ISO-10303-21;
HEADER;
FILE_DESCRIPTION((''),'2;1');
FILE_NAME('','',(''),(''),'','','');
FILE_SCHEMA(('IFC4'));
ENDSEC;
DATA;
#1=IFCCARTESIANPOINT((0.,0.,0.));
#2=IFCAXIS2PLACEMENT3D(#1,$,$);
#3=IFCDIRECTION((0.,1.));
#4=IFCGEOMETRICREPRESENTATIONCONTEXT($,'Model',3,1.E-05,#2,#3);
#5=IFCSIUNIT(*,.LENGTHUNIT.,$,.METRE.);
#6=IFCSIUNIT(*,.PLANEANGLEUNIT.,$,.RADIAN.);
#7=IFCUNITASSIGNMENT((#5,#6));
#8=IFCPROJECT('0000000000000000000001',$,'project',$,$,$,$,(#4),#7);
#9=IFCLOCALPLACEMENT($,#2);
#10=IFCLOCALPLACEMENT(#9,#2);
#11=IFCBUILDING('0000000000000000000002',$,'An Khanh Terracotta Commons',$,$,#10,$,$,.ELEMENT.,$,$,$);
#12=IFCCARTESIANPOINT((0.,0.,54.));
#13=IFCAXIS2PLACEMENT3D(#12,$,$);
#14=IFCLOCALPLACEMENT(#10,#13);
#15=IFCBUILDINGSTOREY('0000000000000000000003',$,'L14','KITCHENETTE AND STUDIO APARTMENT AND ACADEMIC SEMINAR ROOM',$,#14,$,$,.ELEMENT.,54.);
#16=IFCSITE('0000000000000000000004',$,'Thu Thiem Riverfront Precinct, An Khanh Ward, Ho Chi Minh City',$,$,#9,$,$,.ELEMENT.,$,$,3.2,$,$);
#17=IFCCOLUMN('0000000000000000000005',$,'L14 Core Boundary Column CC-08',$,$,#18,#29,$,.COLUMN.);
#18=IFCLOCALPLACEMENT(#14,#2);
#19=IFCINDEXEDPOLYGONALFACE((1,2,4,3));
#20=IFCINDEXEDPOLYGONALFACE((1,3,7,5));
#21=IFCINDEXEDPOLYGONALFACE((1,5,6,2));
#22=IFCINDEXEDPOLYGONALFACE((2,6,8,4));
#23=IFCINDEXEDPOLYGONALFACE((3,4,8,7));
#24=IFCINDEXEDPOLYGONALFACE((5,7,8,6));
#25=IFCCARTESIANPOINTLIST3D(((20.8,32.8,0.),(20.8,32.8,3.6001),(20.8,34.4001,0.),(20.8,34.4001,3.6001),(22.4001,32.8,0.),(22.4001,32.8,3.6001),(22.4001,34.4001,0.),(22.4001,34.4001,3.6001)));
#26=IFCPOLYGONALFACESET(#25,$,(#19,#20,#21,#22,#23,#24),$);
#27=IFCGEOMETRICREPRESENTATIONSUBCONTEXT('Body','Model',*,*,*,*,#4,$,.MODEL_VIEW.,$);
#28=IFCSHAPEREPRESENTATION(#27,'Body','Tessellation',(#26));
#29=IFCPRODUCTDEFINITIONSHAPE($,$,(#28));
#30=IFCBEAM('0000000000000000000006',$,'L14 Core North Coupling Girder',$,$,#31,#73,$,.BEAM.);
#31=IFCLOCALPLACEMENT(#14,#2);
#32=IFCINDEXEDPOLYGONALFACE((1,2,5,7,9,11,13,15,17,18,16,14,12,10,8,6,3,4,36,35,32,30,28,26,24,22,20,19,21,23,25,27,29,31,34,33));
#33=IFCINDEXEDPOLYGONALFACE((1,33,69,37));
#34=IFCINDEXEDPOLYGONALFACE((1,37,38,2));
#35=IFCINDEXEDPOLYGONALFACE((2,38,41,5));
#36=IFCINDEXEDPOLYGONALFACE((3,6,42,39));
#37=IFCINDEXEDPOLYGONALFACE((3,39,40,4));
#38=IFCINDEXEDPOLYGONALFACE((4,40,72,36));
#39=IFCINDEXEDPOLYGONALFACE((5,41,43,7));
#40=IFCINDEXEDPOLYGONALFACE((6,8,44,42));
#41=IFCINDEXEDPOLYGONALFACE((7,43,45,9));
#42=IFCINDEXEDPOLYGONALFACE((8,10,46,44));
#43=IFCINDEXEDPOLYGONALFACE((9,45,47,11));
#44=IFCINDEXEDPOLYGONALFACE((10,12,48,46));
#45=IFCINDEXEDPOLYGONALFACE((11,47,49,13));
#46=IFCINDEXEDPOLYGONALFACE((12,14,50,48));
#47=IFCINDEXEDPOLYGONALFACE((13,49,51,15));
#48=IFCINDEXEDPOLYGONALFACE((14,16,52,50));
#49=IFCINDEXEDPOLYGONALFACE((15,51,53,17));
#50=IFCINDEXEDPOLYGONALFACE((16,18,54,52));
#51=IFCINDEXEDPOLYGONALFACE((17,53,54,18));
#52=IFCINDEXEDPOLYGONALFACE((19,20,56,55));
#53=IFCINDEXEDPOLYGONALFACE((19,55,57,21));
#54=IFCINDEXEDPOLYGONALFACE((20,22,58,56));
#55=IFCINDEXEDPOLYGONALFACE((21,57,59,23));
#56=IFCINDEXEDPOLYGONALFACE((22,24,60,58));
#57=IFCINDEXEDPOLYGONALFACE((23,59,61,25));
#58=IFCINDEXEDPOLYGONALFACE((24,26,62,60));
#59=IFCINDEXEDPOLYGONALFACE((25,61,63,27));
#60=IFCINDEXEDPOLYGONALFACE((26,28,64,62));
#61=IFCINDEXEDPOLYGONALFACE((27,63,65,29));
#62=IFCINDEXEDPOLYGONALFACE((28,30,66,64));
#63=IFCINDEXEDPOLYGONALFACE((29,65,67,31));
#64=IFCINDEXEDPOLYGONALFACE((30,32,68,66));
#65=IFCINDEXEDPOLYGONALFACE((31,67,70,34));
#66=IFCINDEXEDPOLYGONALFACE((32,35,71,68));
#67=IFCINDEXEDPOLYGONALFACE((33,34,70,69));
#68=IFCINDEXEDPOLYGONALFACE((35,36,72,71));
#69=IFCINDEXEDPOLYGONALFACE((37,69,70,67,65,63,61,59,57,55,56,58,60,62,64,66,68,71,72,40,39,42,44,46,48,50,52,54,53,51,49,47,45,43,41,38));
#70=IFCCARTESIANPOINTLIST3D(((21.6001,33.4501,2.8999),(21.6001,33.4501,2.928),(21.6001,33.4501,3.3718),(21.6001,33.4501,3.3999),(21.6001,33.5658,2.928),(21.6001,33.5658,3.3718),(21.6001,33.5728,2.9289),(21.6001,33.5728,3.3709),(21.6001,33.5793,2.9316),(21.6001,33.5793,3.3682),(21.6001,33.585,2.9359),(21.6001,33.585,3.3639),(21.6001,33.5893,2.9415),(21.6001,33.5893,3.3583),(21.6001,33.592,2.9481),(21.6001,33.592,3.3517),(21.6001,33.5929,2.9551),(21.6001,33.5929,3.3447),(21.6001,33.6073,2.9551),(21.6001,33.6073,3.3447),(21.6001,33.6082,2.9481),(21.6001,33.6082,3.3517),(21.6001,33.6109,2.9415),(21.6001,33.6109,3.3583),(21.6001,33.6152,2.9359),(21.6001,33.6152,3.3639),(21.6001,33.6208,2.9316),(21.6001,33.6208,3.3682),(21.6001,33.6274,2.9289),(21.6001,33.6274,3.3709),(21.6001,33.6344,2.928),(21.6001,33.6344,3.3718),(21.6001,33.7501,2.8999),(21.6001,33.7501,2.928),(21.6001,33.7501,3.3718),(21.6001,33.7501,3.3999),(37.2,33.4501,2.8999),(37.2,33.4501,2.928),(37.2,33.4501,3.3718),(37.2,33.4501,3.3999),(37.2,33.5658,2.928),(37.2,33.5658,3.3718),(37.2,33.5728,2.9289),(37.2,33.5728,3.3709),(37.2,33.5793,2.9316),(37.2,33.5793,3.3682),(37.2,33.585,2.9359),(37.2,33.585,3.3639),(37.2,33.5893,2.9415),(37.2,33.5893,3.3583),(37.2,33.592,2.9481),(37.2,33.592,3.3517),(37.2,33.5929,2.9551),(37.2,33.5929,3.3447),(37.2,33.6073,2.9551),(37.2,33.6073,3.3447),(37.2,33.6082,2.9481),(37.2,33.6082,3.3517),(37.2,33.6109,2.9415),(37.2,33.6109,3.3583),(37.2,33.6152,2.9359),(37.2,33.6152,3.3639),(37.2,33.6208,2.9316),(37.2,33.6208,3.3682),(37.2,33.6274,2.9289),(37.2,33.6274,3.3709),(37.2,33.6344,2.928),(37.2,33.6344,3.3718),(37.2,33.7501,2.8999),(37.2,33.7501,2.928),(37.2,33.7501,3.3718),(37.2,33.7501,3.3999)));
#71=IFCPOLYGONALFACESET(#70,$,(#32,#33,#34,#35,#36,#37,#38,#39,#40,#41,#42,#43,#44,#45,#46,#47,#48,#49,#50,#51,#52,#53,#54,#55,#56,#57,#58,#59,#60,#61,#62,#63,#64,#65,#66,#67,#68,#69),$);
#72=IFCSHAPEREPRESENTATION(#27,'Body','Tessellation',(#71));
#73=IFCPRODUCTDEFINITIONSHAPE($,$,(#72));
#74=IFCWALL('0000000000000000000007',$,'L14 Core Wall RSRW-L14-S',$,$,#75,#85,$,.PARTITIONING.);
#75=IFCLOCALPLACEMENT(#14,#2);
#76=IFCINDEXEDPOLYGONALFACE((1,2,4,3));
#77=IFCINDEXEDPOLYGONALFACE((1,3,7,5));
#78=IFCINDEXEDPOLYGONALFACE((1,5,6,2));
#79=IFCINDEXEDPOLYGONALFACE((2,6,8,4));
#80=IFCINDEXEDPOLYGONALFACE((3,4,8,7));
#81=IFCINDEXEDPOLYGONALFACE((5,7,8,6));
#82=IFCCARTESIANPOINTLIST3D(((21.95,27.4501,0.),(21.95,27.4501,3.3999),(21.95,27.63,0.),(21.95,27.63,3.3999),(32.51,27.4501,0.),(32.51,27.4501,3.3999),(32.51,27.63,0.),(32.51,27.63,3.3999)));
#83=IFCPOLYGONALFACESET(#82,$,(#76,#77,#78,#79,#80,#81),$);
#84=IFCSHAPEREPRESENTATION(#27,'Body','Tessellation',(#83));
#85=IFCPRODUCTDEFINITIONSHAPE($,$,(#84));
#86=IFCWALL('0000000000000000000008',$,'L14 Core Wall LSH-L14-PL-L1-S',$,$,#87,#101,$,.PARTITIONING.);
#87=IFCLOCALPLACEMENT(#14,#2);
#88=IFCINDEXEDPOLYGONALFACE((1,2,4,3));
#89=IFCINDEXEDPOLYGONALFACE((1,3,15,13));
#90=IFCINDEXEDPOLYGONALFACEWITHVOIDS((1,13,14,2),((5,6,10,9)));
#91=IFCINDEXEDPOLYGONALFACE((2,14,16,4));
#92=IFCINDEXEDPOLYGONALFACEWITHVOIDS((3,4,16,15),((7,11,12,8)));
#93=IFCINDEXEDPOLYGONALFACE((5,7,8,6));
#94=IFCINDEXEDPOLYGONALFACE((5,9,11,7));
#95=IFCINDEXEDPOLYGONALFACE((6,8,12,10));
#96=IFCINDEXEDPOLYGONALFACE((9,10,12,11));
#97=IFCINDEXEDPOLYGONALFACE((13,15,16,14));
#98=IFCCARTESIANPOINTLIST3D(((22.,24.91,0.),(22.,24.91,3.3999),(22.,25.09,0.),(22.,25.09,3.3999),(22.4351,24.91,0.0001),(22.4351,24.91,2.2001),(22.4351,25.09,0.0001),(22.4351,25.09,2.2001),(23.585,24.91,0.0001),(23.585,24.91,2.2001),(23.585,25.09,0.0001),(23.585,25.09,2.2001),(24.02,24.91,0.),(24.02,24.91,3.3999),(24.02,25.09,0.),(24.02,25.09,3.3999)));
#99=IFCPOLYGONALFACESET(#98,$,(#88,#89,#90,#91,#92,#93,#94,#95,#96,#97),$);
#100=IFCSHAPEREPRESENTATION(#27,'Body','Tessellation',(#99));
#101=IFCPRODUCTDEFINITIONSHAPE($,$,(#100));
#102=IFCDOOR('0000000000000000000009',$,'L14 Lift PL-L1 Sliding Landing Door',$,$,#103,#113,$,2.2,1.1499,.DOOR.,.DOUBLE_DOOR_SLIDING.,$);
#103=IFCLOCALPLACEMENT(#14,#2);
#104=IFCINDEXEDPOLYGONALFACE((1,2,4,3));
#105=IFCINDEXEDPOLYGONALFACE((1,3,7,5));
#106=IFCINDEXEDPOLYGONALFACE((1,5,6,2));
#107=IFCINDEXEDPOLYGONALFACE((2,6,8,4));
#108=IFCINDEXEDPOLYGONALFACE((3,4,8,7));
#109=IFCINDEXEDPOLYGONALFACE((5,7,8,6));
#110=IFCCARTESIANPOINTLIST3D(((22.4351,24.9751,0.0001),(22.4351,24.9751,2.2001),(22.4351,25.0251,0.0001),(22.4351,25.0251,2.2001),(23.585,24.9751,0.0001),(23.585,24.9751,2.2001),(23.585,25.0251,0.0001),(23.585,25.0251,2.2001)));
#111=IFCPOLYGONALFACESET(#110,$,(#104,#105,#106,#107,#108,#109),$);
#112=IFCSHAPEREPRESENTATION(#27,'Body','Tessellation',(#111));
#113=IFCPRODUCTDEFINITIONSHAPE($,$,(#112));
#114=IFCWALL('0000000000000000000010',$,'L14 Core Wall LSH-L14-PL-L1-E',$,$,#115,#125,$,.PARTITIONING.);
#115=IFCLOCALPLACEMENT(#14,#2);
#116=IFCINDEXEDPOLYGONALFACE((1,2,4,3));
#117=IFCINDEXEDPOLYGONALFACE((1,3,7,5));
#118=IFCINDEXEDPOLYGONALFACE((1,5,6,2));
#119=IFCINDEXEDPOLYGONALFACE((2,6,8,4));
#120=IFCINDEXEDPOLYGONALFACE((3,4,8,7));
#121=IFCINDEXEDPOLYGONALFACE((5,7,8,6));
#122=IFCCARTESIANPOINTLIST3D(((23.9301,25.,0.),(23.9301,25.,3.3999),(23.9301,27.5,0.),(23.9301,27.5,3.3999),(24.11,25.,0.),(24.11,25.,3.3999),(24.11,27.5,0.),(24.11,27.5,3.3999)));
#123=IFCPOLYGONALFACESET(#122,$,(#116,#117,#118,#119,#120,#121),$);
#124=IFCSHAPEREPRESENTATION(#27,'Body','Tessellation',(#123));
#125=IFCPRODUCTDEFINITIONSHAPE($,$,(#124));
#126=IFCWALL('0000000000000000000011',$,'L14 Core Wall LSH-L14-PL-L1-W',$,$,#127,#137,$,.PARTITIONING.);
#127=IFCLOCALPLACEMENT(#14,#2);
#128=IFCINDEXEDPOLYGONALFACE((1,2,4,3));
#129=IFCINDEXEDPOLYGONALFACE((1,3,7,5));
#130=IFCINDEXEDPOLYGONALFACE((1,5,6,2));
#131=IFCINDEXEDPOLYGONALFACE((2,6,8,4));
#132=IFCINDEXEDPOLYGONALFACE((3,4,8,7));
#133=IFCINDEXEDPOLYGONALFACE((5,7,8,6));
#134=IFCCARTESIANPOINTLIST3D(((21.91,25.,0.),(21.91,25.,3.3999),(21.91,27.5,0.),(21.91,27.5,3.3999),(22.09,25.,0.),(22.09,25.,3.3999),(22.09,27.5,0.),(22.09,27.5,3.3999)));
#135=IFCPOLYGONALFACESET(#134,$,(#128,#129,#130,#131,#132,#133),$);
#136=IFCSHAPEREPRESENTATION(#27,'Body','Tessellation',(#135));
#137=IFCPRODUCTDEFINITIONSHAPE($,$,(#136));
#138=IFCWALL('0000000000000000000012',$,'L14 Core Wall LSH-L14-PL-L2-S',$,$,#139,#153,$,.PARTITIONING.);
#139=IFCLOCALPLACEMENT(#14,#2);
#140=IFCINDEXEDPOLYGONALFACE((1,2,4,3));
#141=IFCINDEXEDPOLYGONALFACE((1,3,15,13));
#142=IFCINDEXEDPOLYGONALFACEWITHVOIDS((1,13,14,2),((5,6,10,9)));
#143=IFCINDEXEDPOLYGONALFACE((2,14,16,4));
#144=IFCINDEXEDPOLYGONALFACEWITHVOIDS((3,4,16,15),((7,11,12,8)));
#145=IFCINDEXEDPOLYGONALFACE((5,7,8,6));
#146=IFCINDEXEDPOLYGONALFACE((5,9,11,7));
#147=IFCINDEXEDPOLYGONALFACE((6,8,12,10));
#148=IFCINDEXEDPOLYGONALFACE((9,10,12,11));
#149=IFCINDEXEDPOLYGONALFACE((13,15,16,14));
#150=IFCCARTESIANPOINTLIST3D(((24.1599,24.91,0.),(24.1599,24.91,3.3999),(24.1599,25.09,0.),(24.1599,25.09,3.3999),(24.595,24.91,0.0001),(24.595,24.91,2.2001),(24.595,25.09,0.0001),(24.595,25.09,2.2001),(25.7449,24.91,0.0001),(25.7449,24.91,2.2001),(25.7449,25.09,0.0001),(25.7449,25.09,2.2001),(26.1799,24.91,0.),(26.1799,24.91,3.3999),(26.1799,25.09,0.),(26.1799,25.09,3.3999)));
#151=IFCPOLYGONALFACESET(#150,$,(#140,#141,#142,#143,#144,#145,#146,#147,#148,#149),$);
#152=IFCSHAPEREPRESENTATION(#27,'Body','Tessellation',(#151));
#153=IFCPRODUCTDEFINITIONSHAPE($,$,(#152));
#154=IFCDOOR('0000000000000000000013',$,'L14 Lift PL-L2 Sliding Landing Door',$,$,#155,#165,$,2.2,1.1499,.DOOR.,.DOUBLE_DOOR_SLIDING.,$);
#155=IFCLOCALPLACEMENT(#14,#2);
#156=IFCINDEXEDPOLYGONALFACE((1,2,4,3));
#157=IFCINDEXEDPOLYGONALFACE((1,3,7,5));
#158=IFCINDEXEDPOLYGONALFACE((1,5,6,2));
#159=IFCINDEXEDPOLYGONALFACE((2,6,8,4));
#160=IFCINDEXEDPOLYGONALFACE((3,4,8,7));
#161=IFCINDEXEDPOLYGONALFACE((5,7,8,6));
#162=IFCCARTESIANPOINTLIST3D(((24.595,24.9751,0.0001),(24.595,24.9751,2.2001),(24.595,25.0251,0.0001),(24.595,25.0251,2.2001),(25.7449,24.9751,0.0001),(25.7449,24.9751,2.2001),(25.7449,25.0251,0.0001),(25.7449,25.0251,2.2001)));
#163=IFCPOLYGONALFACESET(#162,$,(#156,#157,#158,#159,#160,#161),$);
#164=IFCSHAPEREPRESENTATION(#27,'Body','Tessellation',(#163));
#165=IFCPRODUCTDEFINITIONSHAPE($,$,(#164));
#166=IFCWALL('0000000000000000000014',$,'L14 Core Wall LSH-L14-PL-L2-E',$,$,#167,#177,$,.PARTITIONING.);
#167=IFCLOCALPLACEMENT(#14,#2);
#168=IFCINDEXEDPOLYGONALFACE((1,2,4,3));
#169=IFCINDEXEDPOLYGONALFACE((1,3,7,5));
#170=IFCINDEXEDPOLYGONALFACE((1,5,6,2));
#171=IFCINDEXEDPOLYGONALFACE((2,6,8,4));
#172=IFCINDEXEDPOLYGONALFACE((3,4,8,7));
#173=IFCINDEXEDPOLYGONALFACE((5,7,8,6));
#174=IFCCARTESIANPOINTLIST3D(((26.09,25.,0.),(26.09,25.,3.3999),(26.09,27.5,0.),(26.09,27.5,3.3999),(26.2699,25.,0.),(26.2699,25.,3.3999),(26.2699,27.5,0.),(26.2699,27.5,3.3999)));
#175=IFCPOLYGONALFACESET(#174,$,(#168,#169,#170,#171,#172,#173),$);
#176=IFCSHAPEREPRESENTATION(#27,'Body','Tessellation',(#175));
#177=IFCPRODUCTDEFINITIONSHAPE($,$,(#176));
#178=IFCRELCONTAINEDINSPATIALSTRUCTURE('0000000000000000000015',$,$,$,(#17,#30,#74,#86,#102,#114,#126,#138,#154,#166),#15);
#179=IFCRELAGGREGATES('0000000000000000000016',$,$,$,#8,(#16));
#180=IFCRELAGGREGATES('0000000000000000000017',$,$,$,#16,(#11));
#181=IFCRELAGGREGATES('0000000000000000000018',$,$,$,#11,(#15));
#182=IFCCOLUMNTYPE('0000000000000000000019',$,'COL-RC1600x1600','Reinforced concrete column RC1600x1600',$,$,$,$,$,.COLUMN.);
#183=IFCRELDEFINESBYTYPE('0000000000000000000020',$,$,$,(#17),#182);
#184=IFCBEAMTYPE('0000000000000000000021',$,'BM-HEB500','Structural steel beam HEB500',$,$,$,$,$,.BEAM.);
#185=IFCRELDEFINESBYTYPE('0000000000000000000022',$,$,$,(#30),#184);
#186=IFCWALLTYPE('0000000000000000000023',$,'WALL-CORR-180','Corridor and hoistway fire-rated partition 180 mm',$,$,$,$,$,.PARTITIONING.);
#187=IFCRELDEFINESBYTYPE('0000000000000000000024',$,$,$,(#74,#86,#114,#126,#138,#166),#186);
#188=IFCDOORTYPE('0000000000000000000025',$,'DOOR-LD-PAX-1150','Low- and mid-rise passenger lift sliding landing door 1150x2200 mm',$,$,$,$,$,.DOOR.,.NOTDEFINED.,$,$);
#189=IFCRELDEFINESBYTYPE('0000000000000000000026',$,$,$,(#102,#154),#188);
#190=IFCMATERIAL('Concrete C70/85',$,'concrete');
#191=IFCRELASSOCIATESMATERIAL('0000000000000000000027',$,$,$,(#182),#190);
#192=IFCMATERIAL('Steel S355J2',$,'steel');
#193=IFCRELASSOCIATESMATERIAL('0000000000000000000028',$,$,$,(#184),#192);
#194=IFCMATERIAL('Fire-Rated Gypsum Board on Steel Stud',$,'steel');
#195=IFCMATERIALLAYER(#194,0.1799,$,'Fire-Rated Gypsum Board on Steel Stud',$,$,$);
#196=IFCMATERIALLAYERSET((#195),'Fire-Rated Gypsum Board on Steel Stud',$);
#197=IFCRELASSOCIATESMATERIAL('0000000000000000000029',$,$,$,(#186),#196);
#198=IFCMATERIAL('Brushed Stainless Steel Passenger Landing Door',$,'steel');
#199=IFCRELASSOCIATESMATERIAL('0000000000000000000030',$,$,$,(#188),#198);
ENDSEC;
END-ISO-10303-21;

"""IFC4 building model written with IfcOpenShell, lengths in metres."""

from ifc_helpers import new_model, si_unit, direction, frame, frame_2d, origin, origin_2d, place, context, subcontext, project, spatial, rectangle, i_section, extrude, material, layer, layer_set, material_profile, profile_set, type_object, element, fill, save


model = new_model("IFC4")

# Units and contexts
model_context = context("Model", 3, precision=1e-05, world=origin(), true_north=direction((0.0, 1.0)))
body_context = subcontext(model_context, "Body", "Model", "MODEL_VIEW")
ifc_project = project(units=[si_unit("LENGTHUNIT", "METRE"), si_unit("PLANEANGLEUNIT", "RADIAN")], contexts=[model_context])

# Site, building, storey
site_placement = place(None, origin())
site = spatial("IfcSite", under=ifc_project, at=site_placement, Name="Thu Thiem Riverfront Precinct, An Khanh Ward, Ho Chi Minh City", CompositionType="ELEMENT", RefElevation=3.2)
building_placement = place(site_placement, origin())
building = spatial("IfcBuilding", under=site, at=building_placement, Name="An Khanh Terracotta Commons", CompositionType="ELEMENT")
storey_placement = place(building_placement, frame((0.0, 0.0, 54.0)))
storey = spatial("IfcBuildingStorey", under=building, at=storey_placement, Name="L14", Description="KITCHENETTE AND STUDIO APARTMENT AND ACADEMIC SEMINAR ROOM", CompositionType="ELEMENT", Elevation=54.0)

# Column
ifc_material_1 = material(Name="Concrete C70/85", Category="concrete")
ifc_material_profile_1 = material_profile(ifc_material_1, rectangle(XDim=1.6001, YDim=1.6001, at=origin_2d()), Name="RC1600x1600")
ifc_profile_set_1 = profile_set([ifc_material_profile_1], Name="Concrete C70/85")
column_type = type_object("IfcColumnType", Name="COL-RC1600x1600", Description="Reinforced concrete column RC1600x1600", PredefinedType="COLUMN", material=ifc_profile_set_1)
column_placement = place(storey_placement, frame((21.6001, 33.6001, 0.0), z_axis=(0.0, 0.0, 1.0), x_axis=(1.0, 0.0, 0.0)))
element("IfcColumn", 1, at=column_placement, inside=storey, type_object=column_type, Name="L14 Core Boundary Column CC-08", PredefinedType="COLUMN", context=body_context, shape_type="SweptSolid", body=[
    extrude(rectangle(XDim=1.6001, YDim=1.6001, at=origin_2d()), origin(), (0.0, 0.0, 1.0), 3.6001),
])

# Beam
ifc_material_2 = material(Name="Steel S355J2", Category="steel")
ifc_material_profile_2 = material_profile(ifc_material_2, i_section(OverallWidth=0.3, OverallDepth=0.5, WebThickness=0.0144, FlangeThickness=0.0281, FilletRadius=0.0271, at=origin_2d()), Name="HEB500")
ifc_profile_set_2 = profile_set([ifc_material_profile_2], Name="Steel S355J2")
beam_type = type_object("IfcBeamType", Name="BM-HEB500", Description="Structural steel beam HEB500", PredefinedType="BEAM", material=ifc_profile_set_2)
beam_placement = place(storey_placement, frame((21.6001, 33.6001, 3.1499), z_axis=(1.0, 0.0, 0.0), x_axis=(0.0, 1.0, 0.0)))
element("IfcBeam", 2, at=beam_placement, inside=storey, type_object=beam_type, Name="L14 Core North Coupling Girder", PredefinedType="BEAM", context=body_context, shape_type="SweptSolid", body=[
    extrude(i_section(OverallWidth=0.3, OverallDepth=0.5, WebThickness=0.0144, FlangeThickness=0.0281, FilletRadius=0.0271, at=origin_2d()), origin(), (0.0, 0.0, 1.0), 15.5999),
])

# Wall
ifc_material_3 = material(Name="Fire-Rated Gypsum Board on Steel Stud", Category="steel")
ifc_layer_1 = layer(ifc_material_3, 0.1799, Name="Fire-Rated Gypsum Board on Steel Stud")
ifc_layer_set_1 = layer_set([ifc_layer_1], Name="Fire-Rated Gypsum Board on Steel Stud")
wall_type_1 = type_object("IfcWallType", Name="WALL-CORR-180", Description="Corridor and hoistway fire-rated partition 180 mm", PredefinedType="PARTITIONING", material=ifc_layer_set_1)
wall_1_placement = place(storey_placement, frame((21.95, 27.54, 0.0), z_axis=(0.0, 0.0, 1.0), x_axis=(1.0, 0.0, 0.0)))
element("IfcWall", 3, at=wall_1_placement, inside=storey, type_object=wall_type_1, Name="L14 Core Wall RSRW-L14-S", PredefinedType="PARTITIONING", context=body_context, shape_type="SweptSolid", body=[
    extrude(rectangle(XDim=10.5601, YDim=0.1799, at=frame_2d((5.28, 0.0))), origin(), (0.0, 0.0, 1.0), 3.3999),
])

# Wall, opening, door
wall_2_placement = place(storey_placement, frame((24.02, 25.0, 0.0), z_axis=(0.0, 0.0, 1.0), x_axis=(-1.0, 0.0, 0.0)))
wall_2 = element("IfcWall", 4, at=wall_2_placement, inside=storey, type_object=wall_type_1, Name="L14 Core Wall LSH-L14-PL-L1-S", PredefinedType="PARTITIONING", context=body_context, shape_type="SweptSolid", body=[
    extrude(rectangle(XDim=2.02, YDim=0.1799, at=frame_2d((1.01, 0.0))), origin(), (0.0, 0.0, 1.0), 3.3999),
])
opening_1_placement = place(wall_2_placement, frame((0.4351, 0.0, 0.0)))
opening_1 = element("IfcOpeningElement", 5, at=opening_1_placement, cuts=wall_2, PredefinedType="OPENING", context=body_context, shape_type="SweptSolid", body=[
    extrude(rectangle(XDim=1.1499, YDim=2.2, at=frame_2d((0.575, 1.1001))), frame((0.0, 0.0999, 0.0), z_axis=(0.0, -1.0, 0.0), x_axis=(1.0, 0.0, 0.0)), (0.0, 0.0, 1.0), 0.2),
])
ifc_material_4 = material(Name="Brushed Stainless Steel Passenger Landing Door", Category="steel")
door_type_1 = type_object("IfcDoorType", Name="DOOR-LD-PAX-1150", Description="Low- and mid-rise passenger lift sliding landing door 1150x2200 mm", OperationType="NOTDEFINED", PredefinedType="DOOR", material=ifc_material_4)
door_1_placement = place(opening_1_placement, origin())
door_1 = element("IfcDoor", 6, at=door_1_placement, inside=storey, type_object=door_type_1, Name="L14 Lift PL-L1 Sliding Landing Door", OperationType="DOUBLE_DOOR_SLIDING", OverallHeight=2.2, OverallWidth=1.1499, PredefinedType="DOOR", context=body_context, shape_type="SweptSolid", body=[
    extrude(rectangle(XDim=1.1499, YDim=2.2, at=frame_2d((0.575, 1.1001))), frame((0.0, 0.0249, 0.0), z_axis=(0.0, -1.0, 0.0), x_axis=(1.0, 0.0, 0.0)), (0.0, 0.0, 1.0), 0.05),
])
fill(opening_1, door_1)

# Walls
for number, where, z_axis, x_axis, name in (
    (7, (24.02, 25.0, 0.0), (0.0, 0.0, 1.0), (0.0, 1.0, 0.0), "L14 Core Wall LSH-L14-PL-L1-E"),
    (8, (22.0, 27.5, 0.0), (0.0, 0.0, 1.0), (0.0, -1.0, 0.0), "L14 Core Wall LSH-L14-PL-L1-W"),
):
    element("IfcWall", number, at=place(storey_placement, frame(where, z_axis=z_axis, x_axis=x_axis)), inside=storey, type_object=wall_type_1, Name=name, PredefinedType="PARTITIONING", context=body_context, shape_type="SweptSolid", body=[
        extrude(rectangle(XDim=2.5, YDim=0.1799, at=frame_2d((1.25, 0.0))), origin(), (0.0, 0.0, 1.0), 3.3999),
    ])

# Wall, opening, door
wall_3_placement = place(storey_placement, frame((26.1799, 25.0, 0.0), z_axis=(0.0, 0.0, 1.0), x_axis=(-1.0, 0.0, 0.0)))
wall_3 = element("IfcWall", 9, at=wall_3_placement, inside=storey, type_object=wall_type_1, Name="L14 Core Wall LSH-L14-PL-L2-S", PredefinedType="PARTITIONING", context=body_context, shape_type="SweptSolid", body=[
    extrude(rectangle(XDim=2.02, YDim=0.1799, at=frame_2d((1.01, 0.0))), origin(), (0.0, 0.0, 1.0), 3.3999),
])
opening_2_placement = place(wall_3_placement, frame((0.4351, 0.0, 0.0)))
opening_2 = element("IfcOpeningElement", 10, at=opening_2_placement, cuts=wall_3, PredefinedType="OPENING", context=body_context, shape_type="SweptSolid", body=[
    extrude(rectangle(XDim=1.1499, YDim=2.2, at=frame_2d((0.575, 1.1001))), frame((0.0, 0.0999, 0.0), z_axis=(0.0, -1.0, 0.0), x_axis=(1.0, 0.0, 0.0)), (0.0, 0.0, 1.0), 0.2),
])
door_2_placement = place(opening_2_placement, origin())
door_2 = element("IfcDoor", 11, at=door_2_placement, inside=storey, type_object=door_type_1, Name="L14 Lift PL-L2 Sliding Landing Door", OperationType="DOUBLE_DOOR_SLIDING", OverallHeight=2.2, OverallWidth=1.1499, PredefinedType="DOOR", context=body_context, shape_type="SweptSolid", body=[
    extrude(rectangle(XDim=1.1499, YDim=2.2, at=frame_2d((0.575, 1.1001))), frame((0.0, 0.0249, 0.0), z_axis=(0.0, -1.0, 0.0), x_axis=(1.0, 0.0, 0.0)), (0.0, 0.0, 1.0), 0.05),
])
fill(opening_2, door_2)

# Wall
wall_4_placement = place(storey_placement, frame((26.1799, 25.0, 0.0), z_axis=(0.0, 0.0, 1.0), x_axis=(0.0, 1.0, 0.0)))
element("IfcWall", 12, at=wall_4_placement, inside=storey, type_object=wall_type_1, Name="L14 Core Wall LSH-L14-PL-L2-E", PredefinedType="PARTITIONING", context=body_context, shape_type="SweptSolid", body=[
    extrude(rectangle(XDim=2.5, YDim=0.1799, at=frame_2d((1.25, 0.0))), origin(), (0.0, 0.0, 1.0), 3.3999),
])

save(model, "model.ifc")
